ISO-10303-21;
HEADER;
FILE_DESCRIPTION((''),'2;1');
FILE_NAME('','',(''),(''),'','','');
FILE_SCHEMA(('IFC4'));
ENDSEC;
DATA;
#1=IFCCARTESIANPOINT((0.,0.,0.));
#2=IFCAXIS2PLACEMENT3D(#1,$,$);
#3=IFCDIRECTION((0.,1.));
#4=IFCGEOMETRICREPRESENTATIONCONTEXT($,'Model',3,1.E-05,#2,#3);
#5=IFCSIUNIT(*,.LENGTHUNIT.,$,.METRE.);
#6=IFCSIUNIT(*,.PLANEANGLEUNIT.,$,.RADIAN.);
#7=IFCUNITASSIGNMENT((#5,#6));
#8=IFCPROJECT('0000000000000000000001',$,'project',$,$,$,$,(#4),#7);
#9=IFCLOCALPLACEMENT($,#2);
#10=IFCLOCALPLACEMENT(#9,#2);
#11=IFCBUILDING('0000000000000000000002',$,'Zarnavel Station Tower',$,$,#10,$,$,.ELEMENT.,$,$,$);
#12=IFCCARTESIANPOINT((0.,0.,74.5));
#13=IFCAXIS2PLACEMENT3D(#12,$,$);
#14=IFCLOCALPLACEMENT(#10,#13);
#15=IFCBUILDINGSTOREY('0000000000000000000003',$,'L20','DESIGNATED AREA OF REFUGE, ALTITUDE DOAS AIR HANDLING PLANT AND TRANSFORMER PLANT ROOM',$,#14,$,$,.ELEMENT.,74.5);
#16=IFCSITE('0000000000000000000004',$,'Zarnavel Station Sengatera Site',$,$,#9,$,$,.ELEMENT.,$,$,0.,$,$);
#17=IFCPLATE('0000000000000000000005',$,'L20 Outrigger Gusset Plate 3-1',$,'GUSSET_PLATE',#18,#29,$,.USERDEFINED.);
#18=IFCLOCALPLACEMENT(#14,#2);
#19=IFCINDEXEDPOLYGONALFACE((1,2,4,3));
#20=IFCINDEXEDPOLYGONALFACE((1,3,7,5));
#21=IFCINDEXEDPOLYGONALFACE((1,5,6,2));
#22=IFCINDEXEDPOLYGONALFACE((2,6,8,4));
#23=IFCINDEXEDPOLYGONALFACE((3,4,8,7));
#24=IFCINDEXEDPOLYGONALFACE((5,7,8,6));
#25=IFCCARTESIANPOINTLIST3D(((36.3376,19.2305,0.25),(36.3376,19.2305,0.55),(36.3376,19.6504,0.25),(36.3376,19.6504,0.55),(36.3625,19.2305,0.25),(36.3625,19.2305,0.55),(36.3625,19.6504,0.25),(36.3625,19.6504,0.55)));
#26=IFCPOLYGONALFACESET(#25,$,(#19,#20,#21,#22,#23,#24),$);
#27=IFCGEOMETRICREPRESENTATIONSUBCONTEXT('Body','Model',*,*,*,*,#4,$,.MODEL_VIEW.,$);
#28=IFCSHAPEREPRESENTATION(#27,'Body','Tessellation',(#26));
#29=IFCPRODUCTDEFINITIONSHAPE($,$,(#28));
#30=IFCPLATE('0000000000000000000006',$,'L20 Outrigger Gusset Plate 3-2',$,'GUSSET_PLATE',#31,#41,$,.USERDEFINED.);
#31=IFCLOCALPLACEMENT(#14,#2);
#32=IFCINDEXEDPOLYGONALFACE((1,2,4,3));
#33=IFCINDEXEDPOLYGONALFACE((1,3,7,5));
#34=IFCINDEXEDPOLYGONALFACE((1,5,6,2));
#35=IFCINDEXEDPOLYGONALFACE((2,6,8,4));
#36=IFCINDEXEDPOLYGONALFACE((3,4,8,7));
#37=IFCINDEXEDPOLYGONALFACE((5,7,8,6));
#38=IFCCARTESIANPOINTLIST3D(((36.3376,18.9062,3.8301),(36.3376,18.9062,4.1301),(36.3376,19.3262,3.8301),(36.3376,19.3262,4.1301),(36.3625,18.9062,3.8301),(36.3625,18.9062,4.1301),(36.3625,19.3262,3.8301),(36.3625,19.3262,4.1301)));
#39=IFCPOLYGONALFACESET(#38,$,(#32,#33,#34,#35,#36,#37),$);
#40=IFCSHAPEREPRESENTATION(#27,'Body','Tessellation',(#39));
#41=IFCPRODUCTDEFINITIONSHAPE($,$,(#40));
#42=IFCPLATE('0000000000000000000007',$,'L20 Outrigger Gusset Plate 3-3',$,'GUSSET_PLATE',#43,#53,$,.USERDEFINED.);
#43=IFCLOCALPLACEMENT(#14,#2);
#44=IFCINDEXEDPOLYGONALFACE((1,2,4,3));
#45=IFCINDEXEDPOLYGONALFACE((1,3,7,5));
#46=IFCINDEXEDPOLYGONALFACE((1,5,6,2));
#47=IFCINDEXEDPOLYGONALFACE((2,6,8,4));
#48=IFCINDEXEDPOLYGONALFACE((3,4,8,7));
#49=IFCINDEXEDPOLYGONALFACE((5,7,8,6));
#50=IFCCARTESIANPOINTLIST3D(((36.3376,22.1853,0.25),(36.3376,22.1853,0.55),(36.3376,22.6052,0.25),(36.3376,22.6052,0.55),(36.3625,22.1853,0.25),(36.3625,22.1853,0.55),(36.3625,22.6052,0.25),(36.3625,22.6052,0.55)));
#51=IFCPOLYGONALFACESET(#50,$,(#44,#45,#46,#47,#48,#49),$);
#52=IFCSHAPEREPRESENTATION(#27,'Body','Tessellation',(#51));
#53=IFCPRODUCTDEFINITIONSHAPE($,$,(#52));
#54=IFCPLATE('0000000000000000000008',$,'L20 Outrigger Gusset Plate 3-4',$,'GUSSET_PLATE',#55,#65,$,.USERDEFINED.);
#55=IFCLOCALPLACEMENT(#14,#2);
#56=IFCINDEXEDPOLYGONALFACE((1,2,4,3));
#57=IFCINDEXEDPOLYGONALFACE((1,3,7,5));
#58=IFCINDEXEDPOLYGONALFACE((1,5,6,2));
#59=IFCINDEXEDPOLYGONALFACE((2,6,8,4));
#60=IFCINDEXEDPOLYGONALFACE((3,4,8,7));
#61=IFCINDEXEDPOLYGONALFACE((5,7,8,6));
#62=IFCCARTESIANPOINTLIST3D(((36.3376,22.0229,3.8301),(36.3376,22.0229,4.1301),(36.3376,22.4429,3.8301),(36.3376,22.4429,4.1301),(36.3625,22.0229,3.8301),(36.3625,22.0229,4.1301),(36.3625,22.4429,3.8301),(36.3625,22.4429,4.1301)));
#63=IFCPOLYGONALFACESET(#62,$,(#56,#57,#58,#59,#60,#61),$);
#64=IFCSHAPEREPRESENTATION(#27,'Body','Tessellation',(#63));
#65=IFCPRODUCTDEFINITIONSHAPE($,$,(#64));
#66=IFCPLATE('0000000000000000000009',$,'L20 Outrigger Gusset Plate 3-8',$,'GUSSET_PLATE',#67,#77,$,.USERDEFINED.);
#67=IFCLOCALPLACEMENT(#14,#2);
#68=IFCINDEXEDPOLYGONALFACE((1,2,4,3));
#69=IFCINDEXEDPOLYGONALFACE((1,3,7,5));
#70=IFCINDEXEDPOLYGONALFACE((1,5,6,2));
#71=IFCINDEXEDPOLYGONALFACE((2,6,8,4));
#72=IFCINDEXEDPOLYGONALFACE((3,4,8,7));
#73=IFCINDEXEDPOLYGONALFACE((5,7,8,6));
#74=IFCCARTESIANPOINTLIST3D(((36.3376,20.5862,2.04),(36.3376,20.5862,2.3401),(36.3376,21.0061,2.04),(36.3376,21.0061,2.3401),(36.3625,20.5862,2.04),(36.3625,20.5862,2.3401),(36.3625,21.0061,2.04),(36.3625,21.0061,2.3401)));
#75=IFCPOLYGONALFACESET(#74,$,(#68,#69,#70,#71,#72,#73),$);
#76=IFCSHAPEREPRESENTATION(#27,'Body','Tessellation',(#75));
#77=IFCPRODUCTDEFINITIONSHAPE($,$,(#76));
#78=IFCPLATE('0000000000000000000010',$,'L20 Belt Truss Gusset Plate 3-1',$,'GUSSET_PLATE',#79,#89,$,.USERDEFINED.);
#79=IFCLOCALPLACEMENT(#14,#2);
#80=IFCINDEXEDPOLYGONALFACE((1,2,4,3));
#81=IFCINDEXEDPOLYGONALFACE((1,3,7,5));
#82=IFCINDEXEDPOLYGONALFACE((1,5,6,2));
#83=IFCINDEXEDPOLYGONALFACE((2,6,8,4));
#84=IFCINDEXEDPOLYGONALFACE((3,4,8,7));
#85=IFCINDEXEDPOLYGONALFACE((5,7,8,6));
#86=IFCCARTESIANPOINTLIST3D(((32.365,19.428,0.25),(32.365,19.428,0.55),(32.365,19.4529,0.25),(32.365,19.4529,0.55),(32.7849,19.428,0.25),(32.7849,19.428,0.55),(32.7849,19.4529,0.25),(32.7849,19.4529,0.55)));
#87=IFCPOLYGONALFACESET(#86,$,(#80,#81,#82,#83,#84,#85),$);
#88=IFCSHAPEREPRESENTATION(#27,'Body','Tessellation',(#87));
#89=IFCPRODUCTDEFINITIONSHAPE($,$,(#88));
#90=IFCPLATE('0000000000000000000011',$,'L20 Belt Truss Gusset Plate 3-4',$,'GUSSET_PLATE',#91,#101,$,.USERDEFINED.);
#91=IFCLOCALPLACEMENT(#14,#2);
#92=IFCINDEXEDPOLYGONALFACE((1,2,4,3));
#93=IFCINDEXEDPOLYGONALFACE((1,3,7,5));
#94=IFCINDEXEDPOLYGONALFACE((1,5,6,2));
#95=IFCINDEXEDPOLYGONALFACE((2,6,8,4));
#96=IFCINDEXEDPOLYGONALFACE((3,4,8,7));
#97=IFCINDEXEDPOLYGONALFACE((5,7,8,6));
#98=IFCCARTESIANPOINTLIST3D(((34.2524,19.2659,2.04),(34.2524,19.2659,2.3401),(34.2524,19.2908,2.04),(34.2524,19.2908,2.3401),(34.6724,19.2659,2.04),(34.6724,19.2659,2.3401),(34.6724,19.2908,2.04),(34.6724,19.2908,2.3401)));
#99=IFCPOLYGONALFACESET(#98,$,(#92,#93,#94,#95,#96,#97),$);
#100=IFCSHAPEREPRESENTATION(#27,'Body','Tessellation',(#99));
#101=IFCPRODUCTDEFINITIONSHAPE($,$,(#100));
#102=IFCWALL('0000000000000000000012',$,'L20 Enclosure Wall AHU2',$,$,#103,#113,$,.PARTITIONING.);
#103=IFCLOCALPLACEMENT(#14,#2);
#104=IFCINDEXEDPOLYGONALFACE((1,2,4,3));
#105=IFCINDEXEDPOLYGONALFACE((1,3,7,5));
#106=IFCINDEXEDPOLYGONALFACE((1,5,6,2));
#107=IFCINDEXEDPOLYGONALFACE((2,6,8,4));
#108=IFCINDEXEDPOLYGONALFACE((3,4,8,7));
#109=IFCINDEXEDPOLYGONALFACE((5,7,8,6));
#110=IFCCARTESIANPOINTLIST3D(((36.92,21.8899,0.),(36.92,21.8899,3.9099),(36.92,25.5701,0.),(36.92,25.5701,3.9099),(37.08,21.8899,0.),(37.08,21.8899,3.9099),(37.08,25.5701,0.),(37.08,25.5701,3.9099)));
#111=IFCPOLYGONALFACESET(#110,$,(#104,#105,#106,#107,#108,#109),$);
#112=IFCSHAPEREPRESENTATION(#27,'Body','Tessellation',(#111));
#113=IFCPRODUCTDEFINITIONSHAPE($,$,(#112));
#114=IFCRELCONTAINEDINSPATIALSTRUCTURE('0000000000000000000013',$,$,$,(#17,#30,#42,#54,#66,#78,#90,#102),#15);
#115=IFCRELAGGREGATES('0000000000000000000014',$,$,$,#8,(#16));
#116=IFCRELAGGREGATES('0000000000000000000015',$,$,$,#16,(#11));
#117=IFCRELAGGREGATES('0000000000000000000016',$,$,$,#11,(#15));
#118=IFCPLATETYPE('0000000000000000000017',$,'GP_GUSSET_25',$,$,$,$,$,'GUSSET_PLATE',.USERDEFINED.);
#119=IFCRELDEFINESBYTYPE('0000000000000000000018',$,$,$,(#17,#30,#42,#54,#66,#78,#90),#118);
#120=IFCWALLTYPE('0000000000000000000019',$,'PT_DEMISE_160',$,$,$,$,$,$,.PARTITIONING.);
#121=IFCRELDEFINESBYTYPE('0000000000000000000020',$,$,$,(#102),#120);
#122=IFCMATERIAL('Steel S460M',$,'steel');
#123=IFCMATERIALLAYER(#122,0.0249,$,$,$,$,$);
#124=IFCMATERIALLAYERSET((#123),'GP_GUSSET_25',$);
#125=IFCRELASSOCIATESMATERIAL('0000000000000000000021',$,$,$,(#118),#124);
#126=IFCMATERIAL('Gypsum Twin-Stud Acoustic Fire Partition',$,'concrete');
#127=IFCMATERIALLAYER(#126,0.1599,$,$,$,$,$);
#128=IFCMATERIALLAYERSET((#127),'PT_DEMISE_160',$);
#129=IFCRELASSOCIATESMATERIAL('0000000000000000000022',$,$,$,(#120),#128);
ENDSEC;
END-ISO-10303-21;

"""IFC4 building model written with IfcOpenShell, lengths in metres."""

from ifc_helpers import new_model, si_unit, direction, frame, frame_2d, origin, origin_2d, place, context, subcontext, project, spatial, rectangle, extrude, material, layer, layer_set, type_object, element, save


model = new_model("IFC4")

# Units and contexts
model_context = context("Model", 3, precision=1e-05, world=origin(), true_north=direction((0.0, 1.0)))
body_context = subcontext(model_context, "Body", "Model", "MODEL_VIEW")
ifc_project = project(units=[si_unit("LENGTHUNIT", "METRE"), si_unit("PLANEANGLEUNIT", "RADIAN")], contexts=[model_context])

# Site, building, storey
site_placement = place(None, origin())
site = spatial("IfcSite", under=ifc_project, at=site_placement, Name="Zarnavel Station Sengatera Site", CompositionType="ELEMENT", RefElevation=0.0)
building_placement = place(site_placement, origin())
building = spatial("IfcBuilding", under=site, at=building_placement, Name="Zarnavel Station Tower", CompositionType="ELEMENT")
storey_placement = place(building_placement, frame((0.0, 0.0, 74.5)))
storey = spatial("IfcBuildingStorey", under=building, at=storey_placement, Name="L20", Description="DESIGNATED AREA OF REFUGE, ALTITUDE DOAS AIR HANDLING PLANT AND TRANSFORMER PLANT ROOM", CompositionType="ELEMENT", Elevation=74.5)

# Plates
ifc_material_1 = material(Name="Steel S460M", Category="steel")
ifc_layer_1 = layer(ifc_material_1, 0.0249)
ifc_layer_set_1 = layer_set([ifc_layer_1], Name="GP_GUSSET_25")
plate_type = type_object("IfcPlateType", Name="GP_GUSSET_25", ElementType="GUSSET_PLATE", PredefinedType="USERDEFINED", material=ifc_layer_set_1)
for number, where, z_axis, x_axis, name in (
    (1, (36.3501, 19.4404, 0.25), (0.0, 0.0, 1.0), (1.0, 0.0, 0.0), "L20 Outrigger Gusset Plate 3-1"),
    (2, (36.3501, 19.1162, 3.8301), (0.0, 0.0, 1.0), (1.0, 0.0, 0.0), "L20 Outrigger Gusset Plate 3-2"),
    (3, (36.3501, 22.3953, 0.25), (0.0, 0.0, 1.0), (1.0, 0.0, 0.0), "L20 Outrigger Gusset Plate 3-3"),
    (4, (36.3501, 22.2329, 3.8301), (0.0, 0.0, 1.0), (1.0, 0.0, 0.0), "L20 Outrigger Gusset Plate 3-4"),
    (5, (36.3501, 20.7961, 2.04), (0.0, 0.0, 1.0), (1.0, 0.0, 0.0), "L20 Outrigger Gusset Plate 3-8"),
):
    element("IfcPlate", number, at=place(storey_placement, frame(where, z_axis=z_axis, x_axis=x_axis)), inside=storey, type_object=plate_type, Name=name, ObjectType="GUSSET_PLATE", PredefinedType="USERDEFINED", context=body_context, shape_type="SweptSolid", body=[
        extrude(rectangle(XDim=0.0249, YDim=0.4199, at=origin_2d()), origin(), (0.0, 0.0, 1.0), 0.3),
    ])
for number, where, z_axis, x_axis, name in (
    (6, (32.575, 19.4404, 0.25), (0.0, 0.0, 1.0), (1.0, 0.0, 0.0), "L20 Belt Truss Gusset Plate 3-1"),
    (7, (34.4624, 19.2783, 2.04), (0.0, 0.0, 1.0), (1.0, 0.0, 0.0), "L20 Belt Truss Gusset Plate 3-4"),
):
    element("IfcPlate", number, at=place(storey_placement, frame(where, z_axis=z_axis, x_axis=x_axis)), inside=storey, type_object=plate_type, Name=name, ObjectType="GUSSET_PLATE", PredefinedType="USERDEFINED", context=body_context, shape_type="SweptSolid", body=[
        extrude(rectangle(XDim=0.4199, YDim=0.0249, at=origin_2d()), origin(), (0.0, 0.0, 1.0), 0.3),
    ])

# Wall
ifc_material_2 = material(Name="Gypsum Twin-Stud Acoustic Fire Partition", Category="concrete")
ifc_layer_2 = layer(ifc_material_2, 0.1599)
ifc_layer_set_2 = layer_set([ifc_layer_2], Name="PT_DEMISE_160")
wall_type = type_object("IfcWallType", Name="PT_DEMISE_160", PredefinedType="PARTITIONING", material=ifc_layer_set_2)
wall_placement = place(storey_placement, frame((37.0, 21.8899, 0.0), z_axis=(0.0, 0.0, 1.0), x_axis=(0.0, 1.0, 0.0)))
element("IfcWall", 8, at=wall_placement, inside=storey, type_object=wall_type, Name="L20 Enclosure Wall AHU2", PredefinedType="PARTITIONING", context=body_context, shape_type="SweptSolid", body=[
    extrude(rectangle(XDim=3.6802, YDim=0.1599, at=frame_2d((1.8401, 0.0))), origin(), (0.0, 0.0, 1.0), 3.9099),
])

save(model, "model.ifc")
